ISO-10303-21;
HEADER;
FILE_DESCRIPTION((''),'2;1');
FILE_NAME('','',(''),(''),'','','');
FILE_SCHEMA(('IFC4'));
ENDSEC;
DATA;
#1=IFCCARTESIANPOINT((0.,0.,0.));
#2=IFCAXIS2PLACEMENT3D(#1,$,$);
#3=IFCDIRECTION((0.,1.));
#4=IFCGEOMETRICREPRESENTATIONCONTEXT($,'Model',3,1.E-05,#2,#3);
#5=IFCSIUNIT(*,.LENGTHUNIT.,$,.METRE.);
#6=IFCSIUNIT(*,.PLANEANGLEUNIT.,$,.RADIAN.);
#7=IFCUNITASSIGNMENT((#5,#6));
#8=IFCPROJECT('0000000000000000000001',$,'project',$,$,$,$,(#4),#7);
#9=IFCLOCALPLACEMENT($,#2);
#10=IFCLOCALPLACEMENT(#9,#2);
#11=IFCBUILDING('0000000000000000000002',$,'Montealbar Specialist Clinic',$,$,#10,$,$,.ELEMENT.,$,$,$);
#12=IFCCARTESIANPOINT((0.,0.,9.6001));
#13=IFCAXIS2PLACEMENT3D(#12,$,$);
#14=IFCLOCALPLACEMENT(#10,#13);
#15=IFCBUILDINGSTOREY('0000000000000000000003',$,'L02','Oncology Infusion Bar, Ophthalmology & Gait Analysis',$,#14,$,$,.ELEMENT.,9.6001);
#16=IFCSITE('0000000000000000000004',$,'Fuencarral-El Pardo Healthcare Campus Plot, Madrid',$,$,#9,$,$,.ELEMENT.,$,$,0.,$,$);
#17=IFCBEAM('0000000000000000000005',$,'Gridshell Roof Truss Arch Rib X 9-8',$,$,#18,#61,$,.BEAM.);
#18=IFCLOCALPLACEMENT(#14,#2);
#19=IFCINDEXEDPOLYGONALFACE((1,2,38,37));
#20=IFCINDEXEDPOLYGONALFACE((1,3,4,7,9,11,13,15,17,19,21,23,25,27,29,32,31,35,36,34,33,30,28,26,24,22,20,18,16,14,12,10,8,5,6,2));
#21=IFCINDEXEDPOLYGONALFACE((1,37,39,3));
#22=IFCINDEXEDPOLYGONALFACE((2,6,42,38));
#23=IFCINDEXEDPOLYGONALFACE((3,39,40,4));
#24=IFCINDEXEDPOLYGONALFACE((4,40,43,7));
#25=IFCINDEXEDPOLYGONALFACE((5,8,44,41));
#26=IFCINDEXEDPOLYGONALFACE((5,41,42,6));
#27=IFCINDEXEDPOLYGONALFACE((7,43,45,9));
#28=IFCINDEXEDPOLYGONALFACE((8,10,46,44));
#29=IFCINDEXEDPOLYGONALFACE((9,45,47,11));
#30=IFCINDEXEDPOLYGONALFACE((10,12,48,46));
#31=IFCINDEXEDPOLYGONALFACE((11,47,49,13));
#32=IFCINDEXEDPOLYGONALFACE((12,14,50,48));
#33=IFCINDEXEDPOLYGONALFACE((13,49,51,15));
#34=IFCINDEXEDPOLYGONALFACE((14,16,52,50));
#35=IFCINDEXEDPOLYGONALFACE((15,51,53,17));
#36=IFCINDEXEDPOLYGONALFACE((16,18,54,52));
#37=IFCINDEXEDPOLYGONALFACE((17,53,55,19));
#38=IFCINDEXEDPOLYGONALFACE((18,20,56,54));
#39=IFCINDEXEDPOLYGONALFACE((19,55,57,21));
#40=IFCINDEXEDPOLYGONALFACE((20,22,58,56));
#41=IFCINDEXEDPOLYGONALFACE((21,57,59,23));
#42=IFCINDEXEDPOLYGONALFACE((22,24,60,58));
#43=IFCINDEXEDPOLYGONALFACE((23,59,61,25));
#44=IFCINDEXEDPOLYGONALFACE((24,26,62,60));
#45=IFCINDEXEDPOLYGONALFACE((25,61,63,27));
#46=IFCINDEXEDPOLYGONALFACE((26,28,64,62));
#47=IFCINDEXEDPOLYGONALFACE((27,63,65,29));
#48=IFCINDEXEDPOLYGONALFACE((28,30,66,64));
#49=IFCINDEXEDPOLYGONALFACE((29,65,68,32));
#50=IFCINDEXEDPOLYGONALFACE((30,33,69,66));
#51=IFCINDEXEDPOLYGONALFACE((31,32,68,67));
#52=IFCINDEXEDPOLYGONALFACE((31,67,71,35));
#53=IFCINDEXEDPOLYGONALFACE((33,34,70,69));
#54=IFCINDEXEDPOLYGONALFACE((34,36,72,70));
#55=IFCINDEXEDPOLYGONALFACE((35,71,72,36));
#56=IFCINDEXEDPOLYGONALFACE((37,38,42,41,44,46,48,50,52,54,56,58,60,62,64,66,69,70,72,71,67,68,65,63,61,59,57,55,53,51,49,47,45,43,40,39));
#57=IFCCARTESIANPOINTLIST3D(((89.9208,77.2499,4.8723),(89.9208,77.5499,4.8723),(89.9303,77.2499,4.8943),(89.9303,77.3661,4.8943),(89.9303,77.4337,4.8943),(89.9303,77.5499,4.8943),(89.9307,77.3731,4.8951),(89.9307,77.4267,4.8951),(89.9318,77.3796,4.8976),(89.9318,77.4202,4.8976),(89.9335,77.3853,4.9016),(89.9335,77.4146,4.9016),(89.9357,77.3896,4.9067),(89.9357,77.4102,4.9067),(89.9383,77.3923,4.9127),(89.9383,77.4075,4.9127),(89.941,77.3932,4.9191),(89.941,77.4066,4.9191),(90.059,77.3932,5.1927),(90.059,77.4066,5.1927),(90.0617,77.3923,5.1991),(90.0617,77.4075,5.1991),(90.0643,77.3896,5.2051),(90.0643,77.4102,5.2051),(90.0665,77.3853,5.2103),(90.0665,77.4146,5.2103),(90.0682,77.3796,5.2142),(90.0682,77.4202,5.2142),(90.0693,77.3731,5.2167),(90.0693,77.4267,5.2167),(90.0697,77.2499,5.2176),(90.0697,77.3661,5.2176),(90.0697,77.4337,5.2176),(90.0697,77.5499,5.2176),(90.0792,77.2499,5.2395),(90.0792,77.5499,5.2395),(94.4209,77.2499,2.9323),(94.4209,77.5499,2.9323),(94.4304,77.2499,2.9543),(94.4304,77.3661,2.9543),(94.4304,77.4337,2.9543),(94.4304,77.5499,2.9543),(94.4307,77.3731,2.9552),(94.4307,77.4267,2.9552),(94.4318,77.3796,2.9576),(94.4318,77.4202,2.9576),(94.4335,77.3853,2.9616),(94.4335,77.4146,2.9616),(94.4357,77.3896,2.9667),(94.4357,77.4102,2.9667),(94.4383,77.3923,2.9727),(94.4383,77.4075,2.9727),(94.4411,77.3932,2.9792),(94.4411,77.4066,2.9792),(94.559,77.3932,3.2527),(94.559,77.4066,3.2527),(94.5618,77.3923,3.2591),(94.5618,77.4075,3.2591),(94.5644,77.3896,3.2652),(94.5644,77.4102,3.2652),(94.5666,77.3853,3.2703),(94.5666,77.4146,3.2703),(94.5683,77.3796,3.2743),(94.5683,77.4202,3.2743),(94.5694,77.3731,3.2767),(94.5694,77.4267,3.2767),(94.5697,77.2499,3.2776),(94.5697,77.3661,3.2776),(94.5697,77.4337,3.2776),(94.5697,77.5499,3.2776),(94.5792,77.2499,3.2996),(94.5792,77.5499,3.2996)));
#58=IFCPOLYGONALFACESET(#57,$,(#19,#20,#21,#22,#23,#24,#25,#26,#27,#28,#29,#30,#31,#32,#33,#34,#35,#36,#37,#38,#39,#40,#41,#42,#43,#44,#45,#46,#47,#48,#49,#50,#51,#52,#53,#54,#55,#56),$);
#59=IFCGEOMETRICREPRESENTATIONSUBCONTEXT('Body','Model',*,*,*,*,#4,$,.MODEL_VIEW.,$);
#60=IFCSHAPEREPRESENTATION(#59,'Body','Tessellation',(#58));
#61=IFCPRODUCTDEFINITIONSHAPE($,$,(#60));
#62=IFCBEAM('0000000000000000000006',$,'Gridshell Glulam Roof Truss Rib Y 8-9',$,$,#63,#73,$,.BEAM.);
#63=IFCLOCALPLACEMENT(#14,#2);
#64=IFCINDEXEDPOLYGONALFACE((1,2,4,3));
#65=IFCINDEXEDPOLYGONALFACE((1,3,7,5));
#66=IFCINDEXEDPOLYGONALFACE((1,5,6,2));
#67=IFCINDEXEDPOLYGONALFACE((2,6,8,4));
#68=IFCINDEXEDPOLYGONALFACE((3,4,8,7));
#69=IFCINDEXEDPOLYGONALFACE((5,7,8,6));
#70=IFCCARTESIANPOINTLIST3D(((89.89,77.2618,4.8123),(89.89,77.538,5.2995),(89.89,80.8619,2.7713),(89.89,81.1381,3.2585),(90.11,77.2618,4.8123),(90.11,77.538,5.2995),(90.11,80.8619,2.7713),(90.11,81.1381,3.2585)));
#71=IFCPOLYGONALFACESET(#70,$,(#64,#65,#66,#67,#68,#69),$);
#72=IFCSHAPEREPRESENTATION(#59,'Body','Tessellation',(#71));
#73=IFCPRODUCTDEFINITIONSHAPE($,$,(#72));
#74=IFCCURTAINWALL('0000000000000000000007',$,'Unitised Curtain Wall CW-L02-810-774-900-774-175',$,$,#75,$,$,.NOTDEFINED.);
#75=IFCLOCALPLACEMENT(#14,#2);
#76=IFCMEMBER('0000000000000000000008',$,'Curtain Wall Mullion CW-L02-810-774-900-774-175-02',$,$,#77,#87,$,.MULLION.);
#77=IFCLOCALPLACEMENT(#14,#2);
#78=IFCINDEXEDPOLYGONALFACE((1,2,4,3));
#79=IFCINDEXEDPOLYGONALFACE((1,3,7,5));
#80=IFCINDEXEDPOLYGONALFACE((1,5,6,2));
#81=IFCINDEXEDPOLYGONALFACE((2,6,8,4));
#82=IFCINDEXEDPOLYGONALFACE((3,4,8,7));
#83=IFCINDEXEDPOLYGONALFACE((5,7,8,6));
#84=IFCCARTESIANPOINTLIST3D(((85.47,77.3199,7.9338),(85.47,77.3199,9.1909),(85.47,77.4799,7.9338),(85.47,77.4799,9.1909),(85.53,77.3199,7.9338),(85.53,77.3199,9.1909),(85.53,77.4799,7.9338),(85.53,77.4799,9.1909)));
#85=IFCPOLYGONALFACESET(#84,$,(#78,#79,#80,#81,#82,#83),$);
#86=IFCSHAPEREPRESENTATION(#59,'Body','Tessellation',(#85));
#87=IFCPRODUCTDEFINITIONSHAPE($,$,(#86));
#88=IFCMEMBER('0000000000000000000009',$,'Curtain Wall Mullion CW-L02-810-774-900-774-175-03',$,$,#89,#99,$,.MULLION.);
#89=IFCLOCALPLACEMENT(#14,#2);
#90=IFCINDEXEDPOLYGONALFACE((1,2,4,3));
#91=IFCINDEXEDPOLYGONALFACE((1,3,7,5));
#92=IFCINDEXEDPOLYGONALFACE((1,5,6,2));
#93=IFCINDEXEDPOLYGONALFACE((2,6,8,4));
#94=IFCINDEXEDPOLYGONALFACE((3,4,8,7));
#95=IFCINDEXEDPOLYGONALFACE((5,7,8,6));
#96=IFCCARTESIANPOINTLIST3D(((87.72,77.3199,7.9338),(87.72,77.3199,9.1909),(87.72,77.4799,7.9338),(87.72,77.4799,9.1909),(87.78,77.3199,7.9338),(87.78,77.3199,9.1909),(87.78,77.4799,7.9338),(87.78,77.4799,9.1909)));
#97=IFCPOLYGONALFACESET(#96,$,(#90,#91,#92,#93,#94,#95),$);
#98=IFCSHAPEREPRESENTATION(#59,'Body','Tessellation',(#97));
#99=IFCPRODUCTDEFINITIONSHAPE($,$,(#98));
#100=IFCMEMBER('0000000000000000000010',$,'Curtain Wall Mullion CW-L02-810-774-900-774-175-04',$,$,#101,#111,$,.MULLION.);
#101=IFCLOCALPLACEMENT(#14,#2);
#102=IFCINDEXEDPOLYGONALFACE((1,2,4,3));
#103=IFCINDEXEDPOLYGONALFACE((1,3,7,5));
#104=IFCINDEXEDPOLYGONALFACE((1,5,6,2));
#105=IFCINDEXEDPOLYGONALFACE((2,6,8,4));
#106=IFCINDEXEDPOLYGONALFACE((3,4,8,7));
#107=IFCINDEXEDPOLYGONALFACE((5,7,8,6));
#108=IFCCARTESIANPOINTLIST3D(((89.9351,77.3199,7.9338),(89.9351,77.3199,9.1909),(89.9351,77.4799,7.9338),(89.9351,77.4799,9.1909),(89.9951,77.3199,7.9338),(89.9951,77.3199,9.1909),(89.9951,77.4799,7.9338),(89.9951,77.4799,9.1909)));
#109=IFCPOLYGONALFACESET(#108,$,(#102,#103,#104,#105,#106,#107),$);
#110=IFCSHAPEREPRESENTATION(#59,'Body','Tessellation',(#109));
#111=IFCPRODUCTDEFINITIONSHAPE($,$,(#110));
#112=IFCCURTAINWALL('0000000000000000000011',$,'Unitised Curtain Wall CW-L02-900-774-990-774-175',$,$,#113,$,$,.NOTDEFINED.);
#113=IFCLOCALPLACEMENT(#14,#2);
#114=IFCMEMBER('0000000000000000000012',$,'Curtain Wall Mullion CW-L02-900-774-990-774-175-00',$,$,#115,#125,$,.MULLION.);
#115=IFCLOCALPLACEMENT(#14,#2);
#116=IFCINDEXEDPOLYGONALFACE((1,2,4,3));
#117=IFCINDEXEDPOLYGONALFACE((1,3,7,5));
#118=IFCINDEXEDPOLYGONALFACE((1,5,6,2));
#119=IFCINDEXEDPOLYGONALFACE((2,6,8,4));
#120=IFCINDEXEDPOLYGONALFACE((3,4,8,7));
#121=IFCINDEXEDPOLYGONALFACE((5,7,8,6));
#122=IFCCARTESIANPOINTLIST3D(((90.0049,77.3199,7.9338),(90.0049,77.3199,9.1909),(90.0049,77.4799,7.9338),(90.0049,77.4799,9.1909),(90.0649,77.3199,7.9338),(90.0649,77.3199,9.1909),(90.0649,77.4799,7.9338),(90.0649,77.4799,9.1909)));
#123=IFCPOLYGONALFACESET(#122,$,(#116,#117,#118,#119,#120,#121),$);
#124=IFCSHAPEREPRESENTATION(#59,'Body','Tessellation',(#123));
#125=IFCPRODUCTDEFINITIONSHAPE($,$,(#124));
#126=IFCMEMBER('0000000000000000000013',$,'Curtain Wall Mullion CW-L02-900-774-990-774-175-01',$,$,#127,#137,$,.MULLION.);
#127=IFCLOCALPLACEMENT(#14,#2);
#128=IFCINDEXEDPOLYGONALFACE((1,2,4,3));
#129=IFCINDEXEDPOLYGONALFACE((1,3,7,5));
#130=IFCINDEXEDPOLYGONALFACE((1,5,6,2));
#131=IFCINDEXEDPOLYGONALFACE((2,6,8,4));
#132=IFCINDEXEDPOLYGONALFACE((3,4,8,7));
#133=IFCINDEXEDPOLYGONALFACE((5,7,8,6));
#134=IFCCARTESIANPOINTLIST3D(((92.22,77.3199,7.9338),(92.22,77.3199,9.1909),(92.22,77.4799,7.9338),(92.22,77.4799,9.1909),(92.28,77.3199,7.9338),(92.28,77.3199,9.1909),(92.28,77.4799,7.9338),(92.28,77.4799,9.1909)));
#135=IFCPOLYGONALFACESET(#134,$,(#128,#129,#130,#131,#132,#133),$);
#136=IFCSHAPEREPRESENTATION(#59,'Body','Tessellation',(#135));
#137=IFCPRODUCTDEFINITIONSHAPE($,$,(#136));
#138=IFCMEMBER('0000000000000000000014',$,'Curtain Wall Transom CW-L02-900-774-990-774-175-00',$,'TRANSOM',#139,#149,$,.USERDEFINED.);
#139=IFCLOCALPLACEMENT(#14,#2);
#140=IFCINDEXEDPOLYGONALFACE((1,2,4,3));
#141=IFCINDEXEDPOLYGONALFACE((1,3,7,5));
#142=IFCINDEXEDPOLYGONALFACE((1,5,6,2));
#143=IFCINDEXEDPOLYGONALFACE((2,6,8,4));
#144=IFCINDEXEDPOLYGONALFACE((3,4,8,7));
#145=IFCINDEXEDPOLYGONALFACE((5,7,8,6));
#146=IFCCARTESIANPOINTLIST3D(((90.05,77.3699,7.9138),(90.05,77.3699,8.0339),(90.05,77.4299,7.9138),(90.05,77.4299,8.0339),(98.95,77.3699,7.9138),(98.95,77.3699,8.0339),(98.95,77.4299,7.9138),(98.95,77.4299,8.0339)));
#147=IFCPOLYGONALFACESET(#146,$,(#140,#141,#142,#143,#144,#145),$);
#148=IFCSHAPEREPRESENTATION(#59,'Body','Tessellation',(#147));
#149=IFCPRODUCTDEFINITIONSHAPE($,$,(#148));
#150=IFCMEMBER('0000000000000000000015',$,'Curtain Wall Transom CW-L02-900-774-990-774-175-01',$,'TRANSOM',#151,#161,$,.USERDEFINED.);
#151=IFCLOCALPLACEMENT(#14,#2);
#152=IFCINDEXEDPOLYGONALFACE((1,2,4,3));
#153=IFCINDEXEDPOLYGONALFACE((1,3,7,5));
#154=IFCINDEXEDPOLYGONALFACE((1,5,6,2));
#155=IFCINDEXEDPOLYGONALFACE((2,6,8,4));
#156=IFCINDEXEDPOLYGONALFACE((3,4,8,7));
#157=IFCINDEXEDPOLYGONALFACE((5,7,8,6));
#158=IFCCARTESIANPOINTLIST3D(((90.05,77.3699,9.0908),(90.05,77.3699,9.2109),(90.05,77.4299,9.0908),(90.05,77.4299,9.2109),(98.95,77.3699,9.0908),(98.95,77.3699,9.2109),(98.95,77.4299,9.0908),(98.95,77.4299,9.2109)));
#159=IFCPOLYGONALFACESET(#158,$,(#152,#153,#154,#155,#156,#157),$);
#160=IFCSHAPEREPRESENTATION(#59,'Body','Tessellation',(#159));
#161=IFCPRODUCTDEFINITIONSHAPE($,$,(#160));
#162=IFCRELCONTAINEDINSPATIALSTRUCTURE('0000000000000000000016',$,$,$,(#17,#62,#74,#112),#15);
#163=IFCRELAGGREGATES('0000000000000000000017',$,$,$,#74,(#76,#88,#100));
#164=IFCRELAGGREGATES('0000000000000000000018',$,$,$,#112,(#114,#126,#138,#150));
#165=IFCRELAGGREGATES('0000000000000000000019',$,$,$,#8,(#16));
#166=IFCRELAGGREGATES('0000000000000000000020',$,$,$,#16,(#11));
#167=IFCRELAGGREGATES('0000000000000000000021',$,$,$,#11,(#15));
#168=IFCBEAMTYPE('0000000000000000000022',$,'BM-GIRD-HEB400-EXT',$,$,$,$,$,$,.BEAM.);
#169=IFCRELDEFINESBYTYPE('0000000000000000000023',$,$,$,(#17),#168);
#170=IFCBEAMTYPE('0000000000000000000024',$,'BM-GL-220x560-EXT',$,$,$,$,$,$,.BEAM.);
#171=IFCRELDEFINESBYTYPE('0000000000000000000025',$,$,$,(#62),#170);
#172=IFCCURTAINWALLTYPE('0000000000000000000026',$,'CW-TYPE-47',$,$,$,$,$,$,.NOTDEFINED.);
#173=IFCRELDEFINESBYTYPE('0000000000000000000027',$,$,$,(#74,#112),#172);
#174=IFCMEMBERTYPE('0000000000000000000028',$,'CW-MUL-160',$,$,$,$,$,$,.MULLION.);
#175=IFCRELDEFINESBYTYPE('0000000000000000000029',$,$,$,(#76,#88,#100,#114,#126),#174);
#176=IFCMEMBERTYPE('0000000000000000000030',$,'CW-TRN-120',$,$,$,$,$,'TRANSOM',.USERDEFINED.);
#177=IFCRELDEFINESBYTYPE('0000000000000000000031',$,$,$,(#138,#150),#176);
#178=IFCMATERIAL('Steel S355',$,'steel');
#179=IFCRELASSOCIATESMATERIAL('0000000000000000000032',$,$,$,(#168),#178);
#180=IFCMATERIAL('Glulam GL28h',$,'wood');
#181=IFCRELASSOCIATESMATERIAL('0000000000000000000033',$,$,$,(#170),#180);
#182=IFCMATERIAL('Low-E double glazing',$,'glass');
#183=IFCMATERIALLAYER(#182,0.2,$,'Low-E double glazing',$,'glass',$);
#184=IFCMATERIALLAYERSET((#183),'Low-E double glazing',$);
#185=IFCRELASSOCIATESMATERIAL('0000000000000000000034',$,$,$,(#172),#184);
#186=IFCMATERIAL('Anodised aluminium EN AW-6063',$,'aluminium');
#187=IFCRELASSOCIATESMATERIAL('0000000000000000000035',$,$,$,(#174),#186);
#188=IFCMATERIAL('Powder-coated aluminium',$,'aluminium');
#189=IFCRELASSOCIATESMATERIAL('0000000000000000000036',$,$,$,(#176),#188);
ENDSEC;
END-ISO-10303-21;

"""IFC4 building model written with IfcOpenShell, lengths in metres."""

from ifc_helpers import new_model, si_unit, direction, frame, origin, origin_2d, place, context, subcontext, project, spatial, rectangle, i_section, extrude, material, layer, layer_set, material_profile, profile_set, type_object, element, aggregate, save


model = new_model("IFC4")

# Units and contexts
model_context = context("Model", 3, precision=1e-05, world=origin(), true_north=direction((0.0, 1.0)))
body_context = subcontext(model_context, "Body", "Model", "MODEL_VIEW")
ifc_project = project(units=[si_unit("LENGTHUNIT", "METRE"), si_unit("PLANEANGLEUNIT", "RADIAN")], contexts=[model_context])

# Site, building, storey
site_placement = place(None, origin())
site = spatial("IfcSite", under=ifc_project, at=site_placement, Name="Fuencarral-El Pardo Healthcare Campus Plot, Madrid", CompositionType="ELEMENT", RefElevation=0.0)
building_placement = place(site_placement, origin())
building = spatial("IfcBuilding", under=site, at=building_placement, Name="Montealbar Specialist Clinic", CompositionType="ELEMENT")
storey_placement = place(building_placement, frame((0.0, 0.0, 9.6001)))
storey = spatial("IfcBuildingStorey", under=building, at=storey_placement, Name="L02", Description="Oncology Infusion Bar, Ophthalmology & Gait Analysis", CompositionType="ELEMENT", Elevation=9.6001)

# Beams
ifc_material_1 = material(Name="Steel S355", Category="steel")
ifc_material_profile_1 = material_profile(ifc_material_1, i_section(OverallWidth=0.3, OverallDepth=0.3999, WebThickness=0.0134, FlangeThickness=0.0239, FilletRadius=0.0271, at=origin_2d()), Name="HEB 400", Category="steel")
ifc_profile_set_1 = profile_set([ifc_material_profile_1], Name="Steel S355")
beam_type_1 = type_object("IfcBeamType", Name="BM-GIRD-HEB400-EXT", PredefinedType="BEAM", material=ifc_profile_set_1)
beam_1_placement = place(storey_placement, frame((90.0, 77.3999, 5.0559), z_axis=(0.918303, 0.0, -0.395879), x_axis=(0.0, 1.0, 0.0)))
element("IfcBeam", 1, at=beam_1_placement, inside=storey, type_object=beam_type_1, Name="Gridshell Roof Truss Arch Rib X 9-8", PredefinedType="BEAM", context=body_context, shape_type="SweptSolid", body=[
    extrude(i_section(OverallWidth=0.3, OverallDepth=0.3999, WebThickness=0.0134, FlangeThickness=0.0239, FilletRadius=0.0271, at=origin_2d()), origin(), (0.0, 0.0, 1.0), 4.9004),
])
ifc_material_2 = material(Name="Glulam GL28h", Category="wood")
ifc_material_profile_2 = material_profile(ifc_material_2, rectangle(XDim=0.22, YDim=0.5601, at=origin_2d()), Name="GL28h 220x560", Category="wood")
ifc_profile_set_2 = profile_set([ifc_material_profile_2], Name="Glulam GL28h")
beam_type_2 = type_object("IfcBeamType", Name="BM-GL-220x560-EXT", PredefinedType="BEAM", material=ifc_profile_set_2)
beam_2_placement = place(storey_placement, frame((90.0, 77.3999, 5.0559), z_axis=(0.0, 0.869923, -0.493188), x_axis=(-1.0, 0.0, 0.0)))
element("IfcBeam", 2, at=beam_2_placement, inside=storey, type_object=beam_type_2, Name="Gridshell Glulam Roof Truss Rib Y 8-9", PredefinedType="BEAM", context=body_context, shape_type="SweptSolid", body=[
    extrude(rectangle(XDim=0.22, YDim=0.5601, at=origin_2d()), origin(), (0.0, 0.0, 1.0), 4.1384),
])

# Curtain walls, members
ifc_material_3 = material(Name="Low-E double glazing", Category="glass")
ifc_layer_1 = layer(ifc_material_3, 0.2, Name="Low-E double glazing", Category="glass")
ifc_layer_set_1 = layer_set([ifc_layer_1], Name="Low-E double glazing")
curtain_wall_type = type_object("IfcCurtainWallType", Name="CW-TYPE-47", PredefinedType="NOTDEFINED", material=ifc_layer_set_1)
curtain_wall_1_placement = place(storey_placement, origin())
curtain_wall_1 = element("IfcCurtainWall", 3, at=curtain_wall_1_placement, inside=storey, type_object=curtain_wall_type, Name="Unitised Curtain Wall CW-L02-810-774-900-774-175", PredefinedType="NOTDEFINED")
ifc_material_4 = material(Name="Anodised aluminium EN AW-6063", Category="aluminium")
ifc_material_profile_3 = material_profile(ifc_material_4, rectangle(XDim=0.0601, YDim=0.1599, at=origin_2d()), Name="ALU 60x160", Category="aluminium")
ifc_profile_set_3 = profile_set([ifc_material_profile_3], Name="Anodised aluminium EN AW-6063")
member_type_1 = type_object("IfcMemberType", Name="CW-MUL-160", PredefinedType="MULLION", material=ifc_profile_set_3)
member_1_placement = place(storey_placement, frame((85.5, 77.3999, 7.9338), z_axis=(0.0, 0.0, 1.0), x_axis=(1.0, 0.0, 0.0)))
member_1 = element("IfcMember", 4, at=member_1_placement, type_object=member_type_1, Name="Curtain Wall Mullion CW-L02-810-774-900-774-175-02", PredefinedType="MULLION", context=body_context, shape_type="SweptSolid", body=[
    extrude(rectangle(XDim=0.0601, YDim=0.1599, at=origin_2d()), origin(), (0.0, 0.0, 1.0), 1.2571),
])
member_2_placement = place(storey_placement, frame((87.75, 77.3999, 7.9338), z_axis=(0.0, 0.0, 1.0), x_axis=(1.0, 0.0, 0.0)))
member_2 = element("IfcMember", 5, at=member_2_placement, type_object=member_type_1, Name="Curtain Wall Mullion CW-L02-810-774-900-774-175-03", PredefinedType="MULLION", context=body_context, shape_type="SweptSolid", body=[
    extrude(rectangle(XDim=0.0601, YDim=0.1599, at=origin_2d()), origin(), (0.0, 0.0, 1.0), 1.2571),
])
member_3_placement = place(storey_placement, frame((89.9651, 77.3999, 7.9338), z_axis=(0.0, 0.0, 1.0), x_axis=(1.0, 0.0, 0.0)))
member_3 = element("IfcMember", 6, at=member_3_placement, type_object=member_type_1, Name="Curtain Wall Mullion CW-L02-810-774-900-774-175-04", PredefinedType="MULLION", context=body_context, shape_type="SweptSolid", body=[
    extrude(rectangle(XDim=0.0601, YDim=0.1599, at=origin_2d()), origin(), (0.0, 0.0, 1.0), 1.2571),
])
curtain_wall_2_placement = place(storey_placement, origin())
curtain_wall_2 = element("IfcCurtainWall", 7, at=curtain_wall_2_placement, inside=storey, type_object=curtain_wall_type, Name="Unitised Curtain Wall CW-L02-900-774-990-774-175", PredefinedType="NOTDEFINED")
member_4_placement = place(storey_placement, frame((90.0349, 77.3999, 7.9338), z_axis=(0.0, 0.0, 1.0), x_axis=(1.0, 0.0, 0.0)))
member_4 = element("IfcMember", 8, at=member_4_placement, type_object=member_type_1, Name="Curtain Wall Mullion CW-L02-900-774-990-774-175-00", PredefinedType="MULLION", context=body_context, shape_type="SweptSolid", body=[
    extrude(rectangle(XDim=0.0601, YDim=0.1599, at=origin_2d()), origin(), (0.0, 0.0, 1.0), 1.2571),
])
member_5_placement = place(storey_placement, frame((92.25, 77.3999, 7.9338), z_axis=(0.0, 0.0, 1.0), x_axis=(1.0, 0.0, 0.0)))
member_5 = element("IfcMember", 9, at=member_5_placement, type_object=member_type_1, Name="Curtain Wall Mullion CW-L02-900-774-990-774-175-01", PredefinedType="MULLION", context=body_context, shape_type="SweptSolid", body=[
    extrude(rectangle(XDim=0.0601, YDim=0.1599, at=origin_2d()), origin(), (0.0, 0.0, 1.0), 1.2571),
])
ifc_material_5 = material(Name="Powder-coated aluminium", Category="aluminium")
ifc_material_profile_4 = material_profile(ifc_material_5, rectangle(XDim=0.0601, YDim=0.1201, at=origin_2d()), Name="ALU 60x120", Category="aluminium")
ifc_profile_set_4 = profile_set([ifc_material_profile_4], Name="Powder-coated aluminium")
member_type_2 = type_object("IfcMemberType", Name="CW-TRN-120", ElementType="TRANSOM", PredefinedType="USERDEFINED", material=ifc_profile_set_4)
member_6_placement = place(storey_placement, frame((90.05, 77.3999, 7.9739), z_axis=(1.0, 0.0, 0.0), x_axis=(0.0, 1.0, 0.0)))
member_6 = element("IfcMember", 10, at=member_6_placement, type_object=member_type_2, Name="Curtain Wall Transom CW-L02-900-774-990-774-175-00", ObjectType="TRANSOM", PredefinedType="USERDEFINED", context=body_context, shape_type="SweptSolid", body=[
    extrude(rectangle(XDim=0.0601, YDim=0.1201, at=origin_2d()), origin(), (0.0, 0.0, 1.0), 8.8999),
])
member_7_placement = place(storey_placement, frame((90.05, 77.3999, 9.1509), z_axis=(1.0, 0.0, 0.0), x_axis=(0.0, 1.0, 0.0)))
member_7 = element("IfcMember", 11, at=member_7_placement, type_object=member_type_2, Name="Curtain Wall Transom CW-L02-900-774-990-774-175-01", ObjectType="TRANSOM", PredefinedType="USERDEFINED", context=body_context, shape_type="SweptSolid", body=[
    extrude(rectangle(XDim=0.0601, YDim=0.1201, at=origin_2d()), origin(), (0.0, 0.0, 1.0), 8.8999),
])

aggregate(curtain_wall_1, [member_1, member_2, member_3])
aggregate(curtain_wall_2, [member_4, member_5, member_6, member_7])

save(model, "model.ifc")
